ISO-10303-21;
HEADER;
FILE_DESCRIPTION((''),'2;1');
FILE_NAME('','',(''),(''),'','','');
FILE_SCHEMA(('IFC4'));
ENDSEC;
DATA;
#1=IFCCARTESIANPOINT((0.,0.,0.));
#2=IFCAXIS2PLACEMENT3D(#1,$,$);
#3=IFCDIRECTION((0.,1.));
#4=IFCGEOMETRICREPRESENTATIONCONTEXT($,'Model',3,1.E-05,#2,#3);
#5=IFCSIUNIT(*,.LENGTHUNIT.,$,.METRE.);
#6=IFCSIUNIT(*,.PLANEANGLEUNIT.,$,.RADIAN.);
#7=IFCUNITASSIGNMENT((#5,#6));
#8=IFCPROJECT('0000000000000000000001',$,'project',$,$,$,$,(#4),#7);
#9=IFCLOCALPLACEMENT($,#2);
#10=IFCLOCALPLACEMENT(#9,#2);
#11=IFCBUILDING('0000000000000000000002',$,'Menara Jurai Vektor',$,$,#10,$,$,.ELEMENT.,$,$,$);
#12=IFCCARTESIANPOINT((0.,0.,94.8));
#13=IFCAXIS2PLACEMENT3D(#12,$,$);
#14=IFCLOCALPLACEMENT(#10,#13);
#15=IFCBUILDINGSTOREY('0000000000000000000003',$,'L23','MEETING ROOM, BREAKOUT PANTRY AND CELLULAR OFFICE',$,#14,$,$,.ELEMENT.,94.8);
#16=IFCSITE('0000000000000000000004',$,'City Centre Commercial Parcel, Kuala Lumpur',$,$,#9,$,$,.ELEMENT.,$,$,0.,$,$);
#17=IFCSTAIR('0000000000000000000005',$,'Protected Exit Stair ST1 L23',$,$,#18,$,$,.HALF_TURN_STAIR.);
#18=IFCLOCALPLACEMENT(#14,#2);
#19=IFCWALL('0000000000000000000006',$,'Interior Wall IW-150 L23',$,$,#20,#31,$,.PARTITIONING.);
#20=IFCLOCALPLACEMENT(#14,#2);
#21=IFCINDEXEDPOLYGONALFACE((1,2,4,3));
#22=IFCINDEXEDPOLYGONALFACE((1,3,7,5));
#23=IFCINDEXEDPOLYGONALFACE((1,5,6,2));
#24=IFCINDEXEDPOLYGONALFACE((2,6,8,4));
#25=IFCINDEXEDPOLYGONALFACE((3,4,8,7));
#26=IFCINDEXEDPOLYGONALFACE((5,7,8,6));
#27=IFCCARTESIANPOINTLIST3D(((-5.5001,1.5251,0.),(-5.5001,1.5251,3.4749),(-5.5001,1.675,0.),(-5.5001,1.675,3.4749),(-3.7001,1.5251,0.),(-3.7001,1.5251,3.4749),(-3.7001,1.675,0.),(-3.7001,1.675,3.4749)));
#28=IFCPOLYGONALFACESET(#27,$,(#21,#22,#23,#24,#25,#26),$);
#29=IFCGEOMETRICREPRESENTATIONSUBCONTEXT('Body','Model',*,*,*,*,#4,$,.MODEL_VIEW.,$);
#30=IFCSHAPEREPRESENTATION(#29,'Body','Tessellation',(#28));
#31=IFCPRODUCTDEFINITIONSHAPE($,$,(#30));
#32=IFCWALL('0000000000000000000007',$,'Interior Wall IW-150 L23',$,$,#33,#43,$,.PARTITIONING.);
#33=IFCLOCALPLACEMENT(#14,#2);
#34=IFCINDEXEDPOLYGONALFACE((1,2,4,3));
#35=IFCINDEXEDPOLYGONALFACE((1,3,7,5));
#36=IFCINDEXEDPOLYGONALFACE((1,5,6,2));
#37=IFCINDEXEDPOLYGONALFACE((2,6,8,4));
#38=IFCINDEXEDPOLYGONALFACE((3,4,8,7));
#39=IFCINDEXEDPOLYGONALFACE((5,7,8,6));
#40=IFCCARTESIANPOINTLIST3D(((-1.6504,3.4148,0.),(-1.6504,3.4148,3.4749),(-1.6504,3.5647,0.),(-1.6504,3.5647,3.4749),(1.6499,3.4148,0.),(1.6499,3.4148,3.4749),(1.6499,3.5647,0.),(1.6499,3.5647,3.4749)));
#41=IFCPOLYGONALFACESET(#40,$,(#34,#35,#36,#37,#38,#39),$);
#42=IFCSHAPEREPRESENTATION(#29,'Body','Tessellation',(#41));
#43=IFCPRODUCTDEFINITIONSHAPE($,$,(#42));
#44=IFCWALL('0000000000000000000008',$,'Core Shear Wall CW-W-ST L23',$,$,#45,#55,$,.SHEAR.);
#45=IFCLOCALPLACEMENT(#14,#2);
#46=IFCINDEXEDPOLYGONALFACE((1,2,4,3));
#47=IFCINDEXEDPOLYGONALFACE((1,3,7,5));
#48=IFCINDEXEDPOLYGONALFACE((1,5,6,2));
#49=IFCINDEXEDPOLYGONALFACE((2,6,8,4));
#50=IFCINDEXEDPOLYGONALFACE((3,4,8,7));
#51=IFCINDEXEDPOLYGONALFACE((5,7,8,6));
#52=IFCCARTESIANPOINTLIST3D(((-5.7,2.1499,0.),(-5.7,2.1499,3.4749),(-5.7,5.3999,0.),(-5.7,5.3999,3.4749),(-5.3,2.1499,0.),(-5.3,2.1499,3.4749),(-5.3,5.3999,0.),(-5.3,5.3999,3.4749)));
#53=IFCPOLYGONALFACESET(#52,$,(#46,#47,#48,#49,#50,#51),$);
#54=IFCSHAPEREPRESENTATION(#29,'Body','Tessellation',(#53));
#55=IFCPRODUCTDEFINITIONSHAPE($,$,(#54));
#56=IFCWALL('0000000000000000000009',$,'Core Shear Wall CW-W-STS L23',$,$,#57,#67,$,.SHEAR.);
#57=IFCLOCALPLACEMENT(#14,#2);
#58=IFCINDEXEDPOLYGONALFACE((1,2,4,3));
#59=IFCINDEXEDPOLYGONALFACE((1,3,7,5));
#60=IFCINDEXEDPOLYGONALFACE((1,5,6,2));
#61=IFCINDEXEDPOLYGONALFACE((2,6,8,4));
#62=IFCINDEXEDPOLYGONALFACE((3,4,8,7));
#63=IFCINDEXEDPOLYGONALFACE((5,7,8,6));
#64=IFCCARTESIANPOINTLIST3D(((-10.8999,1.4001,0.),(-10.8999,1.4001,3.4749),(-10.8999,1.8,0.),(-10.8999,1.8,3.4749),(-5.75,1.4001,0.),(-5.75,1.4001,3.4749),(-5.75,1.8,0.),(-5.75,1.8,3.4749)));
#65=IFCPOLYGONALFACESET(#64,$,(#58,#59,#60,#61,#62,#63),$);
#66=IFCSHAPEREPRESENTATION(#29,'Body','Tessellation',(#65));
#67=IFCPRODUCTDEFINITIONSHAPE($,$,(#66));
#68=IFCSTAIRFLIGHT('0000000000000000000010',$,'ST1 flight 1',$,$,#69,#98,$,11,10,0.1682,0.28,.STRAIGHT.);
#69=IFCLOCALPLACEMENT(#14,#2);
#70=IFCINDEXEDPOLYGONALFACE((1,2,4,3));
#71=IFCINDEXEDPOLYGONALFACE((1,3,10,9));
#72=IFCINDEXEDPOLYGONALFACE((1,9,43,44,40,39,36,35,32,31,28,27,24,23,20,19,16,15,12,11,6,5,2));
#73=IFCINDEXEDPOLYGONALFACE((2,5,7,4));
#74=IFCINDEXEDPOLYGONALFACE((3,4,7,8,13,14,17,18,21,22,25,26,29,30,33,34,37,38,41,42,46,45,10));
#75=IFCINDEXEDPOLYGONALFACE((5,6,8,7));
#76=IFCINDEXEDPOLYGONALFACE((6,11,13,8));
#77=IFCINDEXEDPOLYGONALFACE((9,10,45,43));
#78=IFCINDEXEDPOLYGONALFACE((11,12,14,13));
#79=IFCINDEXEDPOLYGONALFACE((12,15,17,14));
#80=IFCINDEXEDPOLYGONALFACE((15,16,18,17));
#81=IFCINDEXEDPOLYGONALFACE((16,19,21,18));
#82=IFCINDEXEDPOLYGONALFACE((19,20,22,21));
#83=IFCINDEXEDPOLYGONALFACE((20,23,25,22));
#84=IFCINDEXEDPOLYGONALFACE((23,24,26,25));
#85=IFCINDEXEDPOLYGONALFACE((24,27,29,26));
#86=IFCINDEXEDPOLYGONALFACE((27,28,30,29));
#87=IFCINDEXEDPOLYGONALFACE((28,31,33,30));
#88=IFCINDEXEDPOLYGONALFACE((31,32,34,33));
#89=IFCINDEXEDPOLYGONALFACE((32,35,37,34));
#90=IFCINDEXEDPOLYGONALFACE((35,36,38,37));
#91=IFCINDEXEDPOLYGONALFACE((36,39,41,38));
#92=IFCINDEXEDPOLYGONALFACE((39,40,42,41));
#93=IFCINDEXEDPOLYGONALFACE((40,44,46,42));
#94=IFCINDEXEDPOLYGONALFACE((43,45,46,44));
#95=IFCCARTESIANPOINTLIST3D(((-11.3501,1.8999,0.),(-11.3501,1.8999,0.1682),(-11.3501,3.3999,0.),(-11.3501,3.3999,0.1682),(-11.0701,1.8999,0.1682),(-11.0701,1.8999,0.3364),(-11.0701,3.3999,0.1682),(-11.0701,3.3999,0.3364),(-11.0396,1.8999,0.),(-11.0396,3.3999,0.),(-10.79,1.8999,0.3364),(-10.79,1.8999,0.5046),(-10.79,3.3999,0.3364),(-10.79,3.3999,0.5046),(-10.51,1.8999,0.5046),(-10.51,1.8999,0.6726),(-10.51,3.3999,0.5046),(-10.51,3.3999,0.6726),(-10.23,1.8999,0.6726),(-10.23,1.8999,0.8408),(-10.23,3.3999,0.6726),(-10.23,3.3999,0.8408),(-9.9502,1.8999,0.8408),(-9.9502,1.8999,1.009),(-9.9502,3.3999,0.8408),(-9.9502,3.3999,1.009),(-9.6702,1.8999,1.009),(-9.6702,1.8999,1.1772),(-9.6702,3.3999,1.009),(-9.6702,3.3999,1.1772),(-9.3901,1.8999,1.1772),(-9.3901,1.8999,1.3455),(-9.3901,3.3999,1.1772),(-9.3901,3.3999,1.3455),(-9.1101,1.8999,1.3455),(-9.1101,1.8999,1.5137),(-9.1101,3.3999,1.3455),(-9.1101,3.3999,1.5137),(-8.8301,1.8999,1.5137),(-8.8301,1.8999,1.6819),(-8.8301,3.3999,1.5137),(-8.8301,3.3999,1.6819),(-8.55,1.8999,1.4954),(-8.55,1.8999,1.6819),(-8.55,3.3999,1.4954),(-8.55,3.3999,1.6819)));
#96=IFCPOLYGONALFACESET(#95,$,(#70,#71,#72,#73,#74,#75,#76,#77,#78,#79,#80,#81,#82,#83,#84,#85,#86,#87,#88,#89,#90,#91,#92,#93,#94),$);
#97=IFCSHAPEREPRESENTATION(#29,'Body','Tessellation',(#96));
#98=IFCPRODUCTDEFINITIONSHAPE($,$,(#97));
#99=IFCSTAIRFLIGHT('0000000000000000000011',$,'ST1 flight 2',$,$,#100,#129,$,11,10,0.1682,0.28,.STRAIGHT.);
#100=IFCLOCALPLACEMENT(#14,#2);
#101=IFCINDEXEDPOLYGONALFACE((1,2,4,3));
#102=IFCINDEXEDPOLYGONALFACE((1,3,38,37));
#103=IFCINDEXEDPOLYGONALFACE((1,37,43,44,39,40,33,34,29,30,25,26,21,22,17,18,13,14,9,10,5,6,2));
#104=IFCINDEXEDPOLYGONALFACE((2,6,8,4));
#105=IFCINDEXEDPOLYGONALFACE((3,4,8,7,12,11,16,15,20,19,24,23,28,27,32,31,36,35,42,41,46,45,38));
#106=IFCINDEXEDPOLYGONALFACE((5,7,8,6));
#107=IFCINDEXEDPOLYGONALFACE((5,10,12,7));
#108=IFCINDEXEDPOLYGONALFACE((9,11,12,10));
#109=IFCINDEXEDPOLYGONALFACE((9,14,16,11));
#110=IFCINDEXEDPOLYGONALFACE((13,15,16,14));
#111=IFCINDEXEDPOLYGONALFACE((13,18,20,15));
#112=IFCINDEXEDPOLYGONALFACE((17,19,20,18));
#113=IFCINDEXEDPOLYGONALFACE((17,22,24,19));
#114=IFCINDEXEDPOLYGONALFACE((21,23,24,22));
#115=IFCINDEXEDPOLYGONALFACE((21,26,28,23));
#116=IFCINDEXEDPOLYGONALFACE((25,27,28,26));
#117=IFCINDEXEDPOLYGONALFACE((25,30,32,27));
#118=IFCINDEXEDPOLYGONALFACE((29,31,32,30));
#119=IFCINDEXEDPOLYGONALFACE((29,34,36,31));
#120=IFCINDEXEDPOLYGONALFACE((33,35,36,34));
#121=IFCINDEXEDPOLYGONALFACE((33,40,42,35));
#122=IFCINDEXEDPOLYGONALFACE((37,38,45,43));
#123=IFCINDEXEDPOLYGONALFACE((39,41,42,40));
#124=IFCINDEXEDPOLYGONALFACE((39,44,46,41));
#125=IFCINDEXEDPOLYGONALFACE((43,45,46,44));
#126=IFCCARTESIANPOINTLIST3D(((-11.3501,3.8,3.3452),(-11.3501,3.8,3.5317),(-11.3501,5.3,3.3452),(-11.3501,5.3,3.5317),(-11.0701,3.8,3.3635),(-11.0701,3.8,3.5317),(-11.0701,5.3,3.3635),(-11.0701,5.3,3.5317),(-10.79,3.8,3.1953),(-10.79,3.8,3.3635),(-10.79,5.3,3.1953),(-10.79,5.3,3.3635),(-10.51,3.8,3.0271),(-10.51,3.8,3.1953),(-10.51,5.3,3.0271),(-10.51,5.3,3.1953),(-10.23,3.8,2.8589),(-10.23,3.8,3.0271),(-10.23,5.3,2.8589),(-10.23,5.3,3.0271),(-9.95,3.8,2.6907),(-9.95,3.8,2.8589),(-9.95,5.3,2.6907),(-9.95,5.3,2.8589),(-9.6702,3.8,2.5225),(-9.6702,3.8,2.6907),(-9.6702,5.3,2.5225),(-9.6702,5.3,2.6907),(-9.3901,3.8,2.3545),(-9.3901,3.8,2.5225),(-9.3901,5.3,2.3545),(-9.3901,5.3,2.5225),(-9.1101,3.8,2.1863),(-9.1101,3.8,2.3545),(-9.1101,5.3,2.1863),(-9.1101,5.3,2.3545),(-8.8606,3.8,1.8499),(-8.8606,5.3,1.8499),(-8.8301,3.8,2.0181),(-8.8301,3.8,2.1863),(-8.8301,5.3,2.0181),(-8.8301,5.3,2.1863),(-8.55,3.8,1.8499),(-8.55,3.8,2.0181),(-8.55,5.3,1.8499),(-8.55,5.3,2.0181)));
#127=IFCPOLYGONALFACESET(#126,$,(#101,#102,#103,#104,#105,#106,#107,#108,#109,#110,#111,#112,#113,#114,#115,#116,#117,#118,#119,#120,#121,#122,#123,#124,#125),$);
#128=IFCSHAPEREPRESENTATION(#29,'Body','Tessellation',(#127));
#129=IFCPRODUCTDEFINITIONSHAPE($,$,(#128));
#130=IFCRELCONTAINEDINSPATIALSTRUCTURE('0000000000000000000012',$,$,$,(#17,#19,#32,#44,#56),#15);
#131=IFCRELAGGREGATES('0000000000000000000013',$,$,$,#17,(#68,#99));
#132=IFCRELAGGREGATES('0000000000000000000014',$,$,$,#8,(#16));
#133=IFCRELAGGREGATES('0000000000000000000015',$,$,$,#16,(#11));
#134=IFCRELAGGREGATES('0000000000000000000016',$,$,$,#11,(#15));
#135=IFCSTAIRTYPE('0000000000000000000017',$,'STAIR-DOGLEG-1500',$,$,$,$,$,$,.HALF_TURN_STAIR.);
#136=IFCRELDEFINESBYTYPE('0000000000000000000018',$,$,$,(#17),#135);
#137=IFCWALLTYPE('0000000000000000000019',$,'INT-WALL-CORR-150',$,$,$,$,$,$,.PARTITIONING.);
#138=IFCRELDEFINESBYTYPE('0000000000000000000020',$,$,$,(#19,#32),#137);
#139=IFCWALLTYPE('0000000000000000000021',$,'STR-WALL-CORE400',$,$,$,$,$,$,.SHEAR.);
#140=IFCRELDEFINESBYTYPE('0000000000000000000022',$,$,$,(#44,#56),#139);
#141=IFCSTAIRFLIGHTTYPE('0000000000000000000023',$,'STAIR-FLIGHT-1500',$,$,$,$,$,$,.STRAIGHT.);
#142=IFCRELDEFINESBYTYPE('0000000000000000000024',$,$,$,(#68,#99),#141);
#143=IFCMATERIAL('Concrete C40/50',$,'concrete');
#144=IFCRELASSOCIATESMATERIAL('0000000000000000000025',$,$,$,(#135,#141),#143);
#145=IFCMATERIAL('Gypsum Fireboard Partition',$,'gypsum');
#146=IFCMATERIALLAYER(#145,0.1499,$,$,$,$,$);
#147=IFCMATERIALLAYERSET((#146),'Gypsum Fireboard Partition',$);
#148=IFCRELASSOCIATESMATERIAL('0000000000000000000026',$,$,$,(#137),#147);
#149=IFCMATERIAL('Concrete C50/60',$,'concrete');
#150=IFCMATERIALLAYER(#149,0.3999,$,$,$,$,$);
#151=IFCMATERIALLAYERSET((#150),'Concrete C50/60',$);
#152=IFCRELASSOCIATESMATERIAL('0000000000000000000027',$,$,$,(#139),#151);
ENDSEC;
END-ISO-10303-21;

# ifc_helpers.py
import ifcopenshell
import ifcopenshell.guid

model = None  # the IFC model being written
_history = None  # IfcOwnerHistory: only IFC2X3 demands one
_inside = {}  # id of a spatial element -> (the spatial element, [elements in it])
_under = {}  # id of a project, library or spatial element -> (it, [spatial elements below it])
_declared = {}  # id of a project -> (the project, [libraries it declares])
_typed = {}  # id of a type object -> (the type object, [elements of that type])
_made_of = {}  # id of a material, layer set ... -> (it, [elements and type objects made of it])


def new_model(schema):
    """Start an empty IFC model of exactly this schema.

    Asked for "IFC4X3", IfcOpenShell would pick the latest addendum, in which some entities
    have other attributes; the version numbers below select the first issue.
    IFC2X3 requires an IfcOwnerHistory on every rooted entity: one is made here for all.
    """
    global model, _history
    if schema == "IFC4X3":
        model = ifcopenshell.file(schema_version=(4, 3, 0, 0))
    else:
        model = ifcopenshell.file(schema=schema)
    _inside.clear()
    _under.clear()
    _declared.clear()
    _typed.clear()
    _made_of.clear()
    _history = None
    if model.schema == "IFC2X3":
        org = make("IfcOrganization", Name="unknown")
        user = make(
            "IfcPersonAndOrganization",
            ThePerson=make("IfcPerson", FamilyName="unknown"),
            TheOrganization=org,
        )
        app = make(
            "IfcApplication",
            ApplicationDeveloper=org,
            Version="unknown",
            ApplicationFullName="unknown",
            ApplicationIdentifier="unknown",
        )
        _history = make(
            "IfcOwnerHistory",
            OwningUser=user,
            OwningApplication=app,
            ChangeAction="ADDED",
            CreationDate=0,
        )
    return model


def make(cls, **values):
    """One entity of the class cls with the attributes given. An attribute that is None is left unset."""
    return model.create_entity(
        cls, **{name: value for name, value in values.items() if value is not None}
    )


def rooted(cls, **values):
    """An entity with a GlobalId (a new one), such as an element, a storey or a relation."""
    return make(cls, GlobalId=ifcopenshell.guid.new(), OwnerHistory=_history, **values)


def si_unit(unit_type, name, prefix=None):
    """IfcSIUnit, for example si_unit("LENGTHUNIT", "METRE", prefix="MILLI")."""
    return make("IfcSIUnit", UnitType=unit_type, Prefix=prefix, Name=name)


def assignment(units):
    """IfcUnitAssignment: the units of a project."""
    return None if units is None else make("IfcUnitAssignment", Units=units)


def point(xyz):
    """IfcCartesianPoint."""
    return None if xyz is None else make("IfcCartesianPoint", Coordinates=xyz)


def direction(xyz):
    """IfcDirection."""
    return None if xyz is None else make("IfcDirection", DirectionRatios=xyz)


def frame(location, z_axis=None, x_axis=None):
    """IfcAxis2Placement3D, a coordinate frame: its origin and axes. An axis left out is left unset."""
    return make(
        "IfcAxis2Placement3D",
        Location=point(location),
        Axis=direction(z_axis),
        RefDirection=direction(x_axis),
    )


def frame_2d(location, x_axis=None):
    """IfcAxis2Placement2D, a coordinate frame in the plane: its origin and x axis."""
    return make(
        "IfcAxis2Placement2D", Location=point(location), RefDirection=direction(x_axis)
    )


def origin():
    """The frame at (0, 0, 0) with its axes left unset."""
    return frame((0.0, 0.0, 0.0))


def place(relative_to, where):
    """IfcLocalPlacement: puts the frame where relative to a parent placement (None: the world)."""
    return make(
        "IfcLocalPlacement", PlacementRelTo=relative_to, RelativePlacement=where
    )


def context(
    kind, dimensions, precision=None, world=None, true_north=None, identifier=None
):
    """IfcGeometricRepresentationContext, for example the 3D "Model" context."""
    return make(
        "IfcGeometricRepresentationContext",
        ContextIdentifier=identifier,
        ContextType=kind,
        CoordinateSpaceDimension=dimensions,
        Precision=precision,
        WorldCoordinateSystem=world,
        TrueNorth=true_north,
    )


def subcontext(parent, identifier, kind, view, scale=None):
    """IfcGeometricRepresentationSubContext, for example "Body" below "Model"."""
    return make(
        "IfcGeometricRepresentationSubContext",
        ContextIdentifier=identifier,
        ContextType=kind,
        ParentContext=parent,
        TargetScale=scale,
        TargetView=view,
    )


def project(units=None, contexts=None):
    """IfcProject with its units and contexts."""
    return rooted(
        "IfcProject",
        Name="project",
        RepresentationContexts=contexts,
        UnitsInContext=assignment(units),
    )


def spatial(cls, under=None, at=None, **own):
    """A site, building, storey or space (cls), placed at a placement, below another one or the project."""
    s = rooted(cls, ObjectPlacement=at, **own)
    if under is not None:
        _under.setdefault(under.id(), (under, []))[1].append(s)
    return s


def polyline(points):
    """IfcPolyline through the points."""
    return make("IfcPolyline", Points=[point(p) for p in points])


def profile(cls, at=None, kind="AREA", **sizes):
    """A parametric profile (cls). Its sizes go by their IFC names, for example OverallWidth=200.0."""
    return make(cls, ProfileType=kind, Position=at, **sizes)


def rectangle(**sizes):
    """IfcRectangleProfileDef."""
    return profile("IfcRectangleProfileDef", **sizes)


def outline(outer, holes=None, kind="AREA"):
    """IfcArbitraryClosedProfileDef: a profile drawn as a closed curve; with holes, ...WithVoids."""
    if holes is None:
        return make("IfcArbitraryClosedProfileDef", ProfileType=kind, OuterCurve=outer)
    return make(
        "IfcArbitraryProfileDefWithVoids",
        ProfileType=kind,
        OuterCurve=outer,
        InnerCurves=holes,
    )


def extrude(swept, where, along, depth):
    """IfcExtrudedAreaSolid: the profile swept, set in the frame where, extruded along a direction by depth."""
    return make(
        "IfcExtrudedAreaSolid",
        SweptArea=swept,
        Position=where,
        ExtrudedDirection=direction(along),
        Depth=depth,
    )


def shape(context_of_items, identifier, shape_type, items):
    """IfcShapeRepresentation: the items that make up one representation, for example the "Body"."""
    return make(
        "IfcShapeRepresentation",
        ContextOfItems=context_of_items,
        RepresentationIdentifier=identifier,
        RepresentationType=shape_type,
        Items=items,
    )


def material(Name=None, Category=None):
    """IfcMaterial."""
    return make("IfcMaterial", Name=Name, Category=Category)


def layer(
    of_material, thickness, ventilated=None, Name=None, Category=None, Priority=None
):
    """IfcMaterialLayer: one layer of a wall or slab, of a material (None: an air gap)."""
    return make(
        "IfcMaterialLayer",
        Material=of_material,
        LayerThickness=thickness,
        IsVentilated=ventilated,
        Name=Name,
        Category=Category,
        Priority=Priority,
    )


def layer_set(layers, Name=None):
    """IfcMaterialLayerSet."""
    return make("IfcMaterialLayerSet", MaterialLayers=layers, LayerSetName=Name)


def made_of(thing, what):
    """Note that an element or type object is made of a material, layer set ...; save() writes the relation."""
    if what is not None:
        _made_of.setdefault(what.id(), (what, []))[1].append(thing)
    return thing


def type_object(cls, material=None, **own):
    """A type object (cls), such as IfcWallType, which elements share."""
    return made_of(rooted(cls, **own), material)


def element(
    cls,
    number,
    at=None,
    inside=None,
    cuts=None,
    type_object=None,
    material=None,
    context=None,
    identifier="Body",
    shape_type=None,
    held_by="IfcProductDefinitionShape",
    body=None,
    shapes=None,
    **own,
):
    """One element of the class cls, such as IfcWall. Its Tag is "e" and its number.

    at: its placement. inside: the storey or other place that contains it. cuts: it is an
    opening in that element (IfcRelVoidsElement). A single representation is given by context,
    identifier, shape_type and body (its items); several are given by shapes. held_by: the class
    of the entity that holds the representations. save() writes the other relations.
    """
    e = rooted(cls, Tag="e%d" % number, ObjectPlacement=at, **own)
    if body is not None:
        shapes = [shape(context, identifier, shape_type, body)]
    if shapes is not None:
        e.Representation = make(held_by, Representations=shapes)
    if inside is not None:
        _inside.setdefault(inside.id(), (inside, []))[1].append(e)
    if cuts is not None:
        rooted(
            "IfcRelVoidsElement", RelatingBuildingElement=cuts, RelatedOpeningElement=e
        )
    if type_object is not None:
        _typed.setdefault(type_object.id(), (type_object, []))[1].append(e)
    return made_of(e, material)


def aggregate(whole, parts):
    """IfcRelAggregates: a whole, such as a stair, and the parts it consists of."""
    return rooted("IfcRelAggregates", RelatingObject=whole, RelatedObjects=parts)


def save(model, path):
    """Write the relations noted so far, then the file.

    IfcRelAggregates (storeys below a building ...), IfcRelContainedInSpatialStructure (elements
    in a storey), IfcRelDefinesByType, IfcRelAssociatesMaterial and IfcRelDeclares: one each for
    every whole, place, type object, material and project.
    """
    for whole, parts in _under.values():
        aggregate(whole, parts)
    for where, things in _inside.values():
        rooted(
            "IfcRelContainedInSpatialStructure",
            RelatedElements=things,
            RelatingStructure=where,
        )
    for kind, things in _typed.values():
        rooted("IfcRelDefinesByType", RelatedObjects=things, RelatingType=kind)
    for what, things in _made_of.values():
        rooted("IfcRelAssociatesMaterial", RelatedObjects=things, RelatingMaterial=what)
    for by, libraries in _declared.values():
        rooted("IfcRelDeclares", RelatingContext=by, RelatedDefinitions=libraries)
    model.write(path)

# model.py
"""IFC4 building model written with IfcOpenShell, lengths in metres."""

from ifc_helpers import new_model, si_unit, direction, frame, frame_2d, origin, place, context, subcontext, project, spatial, polyline, rectangle, outline, extrude, material, layer, layer_set, type_object, element, aggregate, save


model = new_model("IFC4")

# Units and contexts
model_context = context("Model", 3, precision=1e-05, world=origin(), true_north=direction((0.0, 1.0)))
body_context = subcontext(model_context, "Body", "Model", "MODEL_VIEW")
ifc_project = project(units=[si_unit("LENGTHUNIT", "METRE"), si_unit("PLANEANGLEUNIT", "RADIAN")], contexts=[model_context])

# Site, building, storey
site_placement = place(None, origin())
site = spatial("IfcSite", under=ifc_project, at=site_placement, Name="City Centre Commercial Parcel, Kuala Lumpur", CompositionType="ELEMENT", RefElevation=0.0)
building_placement = place(site_placement, origin())
building = spatial("IfcBuilding", under=site, at=building_placement, Name="Menara Jurai Vektor", CompositionType="ELEMENT")
storey_placement = place(building_placement, frame((0.0, 0.0, 94.8)))
storey = spatial("IfcBuildingStorey", under=building, at=storey_placement, Name="L23", Description="MEETING ROOM, BREAKOUT PANTRY AND CELLULAR OFFICE", CompositionType="ELEMENT", Elevation=94.8)

# Shared definitions
ifc_material_1 = material(Name="Concrete C50/60", Category="concrete")

# Stair
ifc_material_2 = material(Name="Concrete C40/50", Category="concrete")
stair_type = type_object("IfcStairType", Name="STAIR-DOGLEG-1500", PredefinedType="HALF_TURN_STAIR", material=ifc_material_2)
stair_1_placement = place(storey_placement, origin())
stair_1 = element("IfcStair", 1, at=stair_1_placement, inside=storey, type_object=stair_type, Name="Protected Exit Stair ST1 L23", PredefinedType="HALF_TURN_STAIR")

# Walls
ifc_material_3 = material(Name="Gypsum Fireboard Partition", Category="gypsum")
ifc_layer_1 = layer(ifc_material_3, 0.1499)
ifc_layer_set_1 = layer_set([ifc_layer_1], Name="Gypsum Fireboard Partition")
wall_type_1 = type_object("IfcWallType", Name="INT-WALL-CORR-150", PredefinedType="PARTITIONING", material=ifc_layer_set_1)
for number, where, z_axis, x_axis, name in (
    (2, (-5.5, 1.6001, 0.0), (0.0, 0.0, 1.0), (1.0, 0.0, 0.0), "Interior Wall IW-150 L23"),
):
    element("IfcWall", number, at=place(storey_placement, frame(where, z_axis=z_axis, x_axis=x_axis)), inside=storey, type_object=wall_type_1, Name=name, PredefinedType="PARTITIONING", context=body_context, shape_type="SweptSolid", body=[
        extrude(rectangle(XDim=1.8, YDim=0.1499, at=frame_2d((0.8999, 0.0))), origin(), (0.0, 0.0, 1.0), 3.4749),
    ])
wall_1_placement = place(storey_placement, frame((-1.6504, 3.4897, 0.0), z_axis=(0.0, 0.0, 1.0), x_axis=(1.0, 0.0, 0.0)))
element("IfcWall", 3, at=wall_1_placement, inside=storey, type_object=wall_type_1, Name="Interior Wall IW-150 L23", PredefinedType="PARTITIONING", context=body_context, shape_type="SweptSolid", body=[
    extrude(rectangle(XDim=3.3003, YDim=0.1499, at=frame_2d((1.6501, 0.0))), origin(), (0.0, 0.0, 1.0), 3.4749),
])
ifc_layer_2 = layer(ifc_material_1, 0.3999)
ifc_layer_set_2 = layer_set([ifc_layer_2], Name="Concrete C50/60")
wall_type_2 = type_object("IfcWallType", Name="STR-WALL-CORE400", PredefinedType="SHEAR", material=ifc_layer_set_2)
wall_2_placement = place(storey_placement, frame((-5.5, 2.1499, 0.0), z_axis=(0.0, 0.0, 1.0), x_axis=(0.0, 1.0, 0.0)))
element("IfcWall", 4, at=wall_2_placement, inside=storey, type_object=wall_type_2, Name="Core Shear Wall CW-W-ST L23", PredefinedType="SHEAR", context=body_context, shape_type="SweptSolid", body=[
    extrude(rectangle(XDim=3.25, YDim=0.3999, at=frame_2d((1.625, 0.0))), origin(), (0.0, 0.0, 1.0), 3.4749),
])
wall_3_placement = place(storey_placement, frame((-10.8999, 1.6001, 0.0), z_axis=(0.0, 0.0, 1.0), x_axis=(1.0, 0.0, 0.0)))
element("IfcWall", 5, at=wall_3_placement, inside=storey, type_object=wall_type_2, Name="Core Shear Wall CW-W-STS L23", PredefinedType="SHEAR", context=body_context, shape_type="SweptSolid", body=[
    extrude(rectangle(XDim=5.1499, YDim=0.3999, at=frame_2d((2.575, 0.0))), origin(), (0.0, 0.0, 1.0), 3.4749),
])

# Stair flights
stair_flight_type = type_object("IfcStairFlightType", Name="STAIR-FLIGHT-1500", PredefinedType="STRAIGHT", material=ifc_material_2)
stair_flight_1_placement = place(storey_placement, frame((-11.3501, 2.6499, 0.0), z_axis=(0.0, 0.0, 1.0), x_axis=(1.0, 0.0, 0.0)))
stair_flight_1 = element("IfcStairFlight", 6, at=stair_flight_1_placement, type_object=stair_flight_type, Name="ST1 flight 1", NumberOfRisers=11, NumberOfTreads=10, PredefinedType="STRAIGHT", RiserHeight=0.1682, TreadLength=0.28, context=body_context, shape_type="SweptSolid", body=[
    extrude(outline(polyline([(0.0, 0.0), (0.0, 0.1682), (0.28, 0.1682), (0.28, 0.3364), (0.5601, 0.3364), (0.5601, 0.5046), (0.8401, 0.5046), (0.8401, 0.6726), (1.1201, 0.6726), (1.1201, 0.8408), (1.3999, 0.8408), (1.3999, 1.009), (1.6799, 1.009), (1.6799, 1.1772), (1.96, 1.1772), (1.96, 1.3455), (2.24, 1.3455), (2.24, 1.5137), (2.52, 1.5137), (2.52, 1.6819), (2.8, 1.6819), (2.8, 1.8501), (2.8, 1.4954), (0.3105, 0.0), (0.0, 0.0)])), frame((0.0, 0.75, 0.0), z_axis=(0.0, -1.0, 0.0), x_axis=(1.0, 0.0, 0.0)), (0.0, 0.0, 1.0), 1.5),
])
stair_flight_2_placement = place(storey_placement, frame((-8.55, 4.55, 1.8499), z_axis=(0.0, 0.0, 1.0), x_axis=(-1.0, 0.0, 0.0)))
stair_flight_2 = element("IfcStairFlight", 7, at=stair_flight_2_placement, type_object=stair_flight_type, Name="ST1 flight 2", NumberOfRisers=11, NumberOfTreads=10, PredefinedType="STRAIGHT", RiserHeight=0.1682, TreadLength=0.28, context=body_context, shape_type="SweptSolid", body=[
    extrude(outline(polyline([(0.0, 0.0), (0.0, 0.1682), (0.28, 0.1682), (0.28, 0.3364), (0.5601, 0.3364), (0.5601, 0.5046), (0.8401, 0.5046), (0.8401, 0.6726), (1.1201, 0.6726), (1.1201, 0.8408), (1.3999, 0.8408), (1.3999, 1.009), (1.6799, 1.009), (1.6799, 1.1772), (1.96, 1.1772), (1.96, 1.3455), (2.24, 1.3455), (2.24, 1.5137), (2.52, 1.5137), (2.52, 1.6819), (2.8, 1.6819), (2.8, 1.8501), (2.8, 1.4954), (0.3105, 0.0), (0.0, 0.0)])), frame((0.0, 0.75, 0.0), z_axis=(0.0, -1.0, 0.0), x_axis=(1.0, 0.0, 0.0)), (0.0, 0.0, 1.0), 1.5),
])
aggregate(stair_1, [stair_flight_1, stair_flight_2])

save(model, "model.ifc")
